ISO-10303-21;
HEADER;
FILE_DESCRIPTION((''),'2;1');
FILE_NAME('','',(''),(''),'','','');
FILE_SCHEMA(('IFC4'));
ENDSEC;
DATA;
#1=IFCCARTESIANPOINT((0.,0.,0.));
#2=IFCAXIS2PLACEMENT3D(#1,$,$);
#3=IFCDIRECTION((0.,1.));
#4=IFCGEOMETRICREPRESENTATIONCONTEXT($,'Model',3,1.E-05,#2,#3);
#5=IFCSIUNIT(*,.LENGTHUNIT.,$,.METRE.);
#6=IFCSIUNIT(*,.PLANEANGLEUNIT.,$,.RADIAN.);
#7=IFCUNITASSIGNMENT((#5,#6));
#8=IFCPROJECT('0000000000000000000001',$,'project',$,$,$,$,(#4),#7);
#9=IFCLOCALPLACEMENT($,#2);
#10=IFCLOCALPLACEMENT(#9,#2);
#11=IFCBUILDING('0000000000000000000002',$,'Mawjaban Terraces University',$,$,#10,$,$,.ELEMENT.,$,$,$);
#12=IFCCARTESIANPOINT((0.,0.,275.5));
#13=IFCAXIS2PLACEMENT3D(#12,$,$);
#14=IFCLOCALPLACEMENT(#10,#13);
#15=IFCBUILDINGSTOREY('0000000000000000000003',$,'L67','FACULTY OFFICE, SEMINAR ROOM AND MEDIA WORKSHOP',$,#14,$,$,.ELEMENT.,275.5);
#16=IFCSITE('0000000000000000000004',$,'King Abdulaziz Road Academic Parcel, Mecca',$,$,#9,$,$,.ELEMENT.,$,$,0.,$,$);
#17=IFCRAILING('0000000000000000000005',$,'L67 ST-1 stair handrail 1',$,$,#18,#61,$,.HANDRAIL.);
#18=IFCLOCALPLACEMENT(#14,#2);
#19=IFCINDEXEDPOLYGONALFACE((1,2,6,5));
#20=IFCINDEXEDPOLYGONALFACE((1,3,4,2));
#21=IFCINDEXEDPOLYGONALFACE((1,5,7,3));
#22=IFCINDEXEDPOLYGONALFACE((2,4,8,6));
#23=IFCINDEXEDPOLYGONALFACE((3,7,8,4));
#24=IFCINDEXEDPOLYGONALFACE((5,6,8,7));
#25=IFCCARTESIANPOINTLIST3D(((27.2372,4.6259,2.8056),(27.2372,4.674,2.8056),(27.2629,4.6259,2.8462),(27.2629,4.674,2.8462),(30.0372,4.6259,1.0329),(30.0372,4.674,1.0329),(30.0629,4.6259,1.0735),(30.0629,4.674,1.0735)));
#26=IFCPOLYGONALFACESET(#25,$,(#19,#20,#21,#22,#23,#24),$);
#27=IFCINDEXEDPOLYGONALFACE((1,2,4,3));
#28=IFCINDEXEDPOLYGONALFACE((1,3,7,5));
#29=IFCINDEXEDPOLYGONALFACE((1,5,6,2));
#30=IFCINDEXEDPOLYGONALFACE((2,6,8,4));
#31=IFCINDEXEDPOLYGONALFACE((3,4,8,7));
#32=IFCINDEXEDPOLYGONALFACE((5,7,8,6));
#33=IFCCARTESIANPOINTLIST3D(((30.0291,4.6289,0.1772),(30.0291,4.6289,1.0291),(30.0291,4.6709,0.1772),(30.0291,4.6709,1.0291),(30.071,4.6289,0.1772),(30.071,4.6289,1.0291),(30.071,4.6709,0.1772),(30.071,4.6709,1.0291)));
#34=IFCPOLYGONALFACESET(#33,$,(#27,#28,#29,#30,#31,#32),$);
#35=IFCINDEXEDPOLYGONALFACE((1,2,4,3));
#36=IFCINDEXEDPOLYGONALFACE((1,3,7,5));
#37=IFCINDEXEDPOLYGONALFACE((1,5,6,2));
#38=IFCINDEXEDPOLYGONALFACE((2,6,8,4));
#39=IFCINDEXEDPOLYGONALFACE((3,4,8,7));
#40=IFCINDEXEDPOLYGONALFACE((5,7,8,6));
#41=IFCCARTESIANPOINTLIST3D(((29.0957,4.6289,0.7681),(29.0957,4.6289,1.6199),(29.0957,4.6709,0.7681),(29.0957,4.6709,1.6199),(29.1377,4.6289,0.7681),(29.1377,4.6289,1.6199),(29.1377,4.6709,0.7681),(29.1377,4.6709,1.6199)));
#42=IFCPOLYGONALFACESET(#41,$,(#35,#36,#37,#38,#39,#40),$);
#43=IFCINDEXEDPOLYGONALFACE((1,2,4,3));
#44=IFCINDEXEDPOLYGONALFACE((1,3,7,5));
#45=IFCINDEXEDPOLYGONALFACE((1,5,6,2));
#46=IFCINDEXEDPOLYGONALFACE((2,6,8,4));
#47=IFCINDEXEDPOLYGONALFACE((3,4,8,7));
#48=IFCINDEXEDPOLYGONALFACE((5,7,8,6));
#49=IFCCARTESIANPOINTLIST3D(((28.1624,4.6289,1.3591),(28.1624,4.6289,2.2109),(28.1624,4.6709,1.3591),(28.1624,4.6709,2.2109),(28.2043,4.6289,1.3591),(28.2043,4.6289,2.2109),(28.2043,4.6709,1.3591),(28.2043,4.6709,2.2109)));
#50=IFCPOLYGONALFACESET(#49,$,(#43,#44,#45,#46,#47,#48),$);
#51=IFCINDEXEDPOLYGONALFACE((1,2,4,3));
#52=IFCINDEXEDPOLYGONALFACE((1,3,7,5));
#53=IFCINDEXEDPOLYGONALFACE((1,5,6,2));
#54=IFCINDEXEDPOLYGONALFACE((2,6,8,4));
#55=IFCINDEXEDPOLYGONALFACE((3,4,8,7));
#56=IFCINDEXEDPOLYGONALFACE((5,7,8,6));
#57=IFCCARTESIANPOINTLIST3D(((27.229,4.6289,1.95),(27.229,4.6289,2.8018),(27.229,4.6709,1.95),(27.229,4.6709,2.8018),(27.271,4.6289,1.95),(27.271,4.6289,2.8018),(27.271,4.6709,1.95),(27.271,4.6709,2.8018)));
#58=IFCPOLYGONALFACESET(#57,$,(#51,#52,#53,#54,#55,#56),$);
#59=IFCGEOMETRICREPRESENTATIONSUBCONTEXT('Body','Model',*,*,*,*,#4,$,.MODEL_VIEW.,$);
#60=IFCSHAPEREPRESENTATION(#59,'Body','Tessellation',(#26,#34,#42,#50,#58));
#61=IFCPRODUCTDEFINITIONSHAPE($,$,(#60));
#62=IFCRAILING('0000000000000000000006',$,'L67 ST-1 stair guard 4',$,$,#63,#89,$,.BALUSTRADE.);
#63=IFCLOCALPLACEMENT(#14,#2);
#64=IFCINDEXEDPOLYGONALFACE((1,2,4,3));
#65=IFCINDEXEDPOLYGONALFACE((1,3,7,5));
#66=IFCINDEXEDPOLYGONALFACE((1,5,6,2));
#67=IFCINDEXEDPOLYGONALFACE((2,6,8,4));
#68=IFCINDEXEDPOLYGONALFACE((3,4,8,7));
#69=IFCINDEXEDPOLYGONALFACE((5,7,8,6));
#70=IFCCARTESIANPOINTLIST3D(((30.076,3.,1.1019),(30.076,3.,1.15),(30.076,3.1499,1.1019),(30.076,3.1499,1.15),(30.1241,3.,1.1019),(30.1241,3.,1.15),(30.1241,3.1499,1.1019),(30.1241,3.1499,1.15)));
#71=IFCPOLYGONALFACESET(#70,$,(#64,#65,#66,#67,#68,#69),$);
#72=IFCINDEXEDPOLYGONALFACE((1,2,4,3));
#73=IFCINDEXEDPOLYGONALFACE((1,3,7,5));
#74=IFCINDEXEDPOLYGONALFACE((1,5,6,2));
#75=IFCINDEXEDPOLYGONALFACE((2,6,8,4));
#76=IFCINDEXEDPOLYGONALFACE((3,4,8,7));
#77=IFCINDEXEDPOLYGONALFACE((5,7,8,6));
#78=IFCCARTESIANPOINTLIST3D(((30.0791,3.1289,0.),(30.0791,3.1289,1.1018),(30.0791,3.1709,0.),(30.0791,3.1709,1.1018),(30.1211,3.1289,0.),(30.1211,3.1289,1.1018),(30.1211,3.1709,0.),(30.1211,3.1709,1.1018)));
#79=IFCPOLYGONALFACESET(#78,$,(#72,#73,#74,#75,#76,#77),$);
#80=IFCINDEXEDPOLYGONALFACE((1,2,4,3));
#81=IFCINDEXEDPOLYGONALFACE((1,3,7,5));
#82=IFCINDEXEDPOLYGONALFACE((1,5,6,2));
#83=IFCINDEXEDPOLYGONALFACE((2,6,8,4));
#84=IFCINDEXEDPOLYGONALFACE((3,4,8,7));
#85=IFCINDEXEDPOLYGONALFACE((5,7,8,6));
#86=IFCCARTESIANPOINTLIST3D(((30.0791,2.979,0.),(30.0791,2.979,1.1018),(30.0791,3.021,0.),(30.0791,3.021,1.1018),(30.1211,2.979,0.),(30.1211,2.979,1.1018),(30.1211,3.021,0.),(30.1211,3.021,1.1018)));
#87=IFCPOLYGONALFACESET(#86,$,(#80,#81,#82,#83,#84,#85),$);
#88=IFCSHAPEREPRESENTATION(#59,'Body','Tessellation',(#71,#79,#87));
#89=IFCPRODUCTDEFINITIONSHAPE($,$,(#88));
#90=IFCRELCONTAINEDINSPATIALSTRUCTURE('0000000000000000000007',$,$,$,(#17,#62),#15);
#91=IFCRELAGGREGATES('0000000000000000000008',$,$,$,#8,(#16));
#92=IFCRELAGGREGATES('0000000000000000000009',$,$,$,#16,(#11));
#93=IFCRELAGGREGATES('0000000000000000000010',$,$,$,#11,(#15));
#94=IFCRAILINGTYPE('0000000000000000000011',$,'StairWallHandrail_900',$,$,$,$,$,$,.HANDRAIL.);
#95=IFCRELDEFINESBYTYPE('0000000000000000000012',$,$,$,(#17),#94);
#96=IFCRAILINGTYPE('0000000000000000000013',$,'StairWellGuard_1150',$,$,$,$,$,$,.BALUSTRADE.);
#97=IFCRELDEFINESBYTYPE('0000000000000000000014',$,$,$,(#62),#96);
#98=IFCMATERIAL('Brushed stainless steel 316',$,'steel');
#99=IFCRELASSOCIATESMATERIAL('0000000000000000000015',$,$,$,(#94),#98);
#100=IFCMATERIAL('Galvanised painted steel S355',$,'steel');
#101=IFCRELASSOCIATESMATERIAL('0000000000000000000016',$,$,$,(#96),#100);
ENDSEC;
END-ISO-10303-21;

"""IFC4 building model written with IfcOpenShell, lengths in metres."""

from ifc_helpers import new_model, si_unit, direction, frame, origin, origin_2d, place, context, subcontext, project, spatial, rectangle, extrude, material, type_object, element, save


model = new_model("IFC4")

# Units and contexts
model_context = context("Model", 3, precision=1e-05, world=origin(), true_north=direction((0.0, 1.0)))
body_context = subcontext(model_context, "Body", "Model", "MODEL_VIEW")
ifc_project = project(units=[si_unit("LENGTHUNIT", "METRE"), si_unit("PLANEANGLEUNIT", "RADIAN")], contexts=[model_context])

# Site, building, storey
site_placement = place(None, origin())
site = spatial("IfcSite", under=ifc_project, at=site_placement, Name="King Abdulaziz Road Academic Parcel, Mecca", CompositionType="ELEMENT", RefElevation=0.0)
building_placement = place(site_placement, origin())
building = spatial("IfcBuilding", under=site, at=building_placement, Name="Mawjaban Terraces University", CompositionType="ELEMENT")
storey_placement = place(building_placement, frame((0.0, 0.0, 275.5)))
storey = spatial("IfcBuildingStorey", under=building, at=storey_placement, Name="L67", Description="FACULTY OFFICE, SEMINAR ROOM AND MEDIA WORKSHOP", CompositionType="ELEMENT", Elevation=275.5)

# Railings
ifc_material_1 = material(Name="Brushed stainless steel 316", Category="steel")
railing_type_1 = type_object("IfcRailingType", Name="StairWallHandrail_900", PredefinedType="HANDRAIL", material=ifc_material_1)
railing_1_placement = place(storey_placement, frame((30.05, 4.6499, 0.1772)))
element("IfcRailing", 1, at=railing_1_placement, inside=storey, type_object=railing_type_1, Name="L67 ST-1 stair handrail 1", PredefinedType="HANDRAIL", context=body_context, shape_type="SweptSolid", body=[
    extrude(rectangle(XDim=0.0481, YDim=0.0481, at=origin_2d()), frame((0.0, 0.0, 0.876), z_axis=(-0.844909, 0.0, 0.53491), x_axis=(0.0, -1.0, 0.0)), (0.0, 0.0, 1.0), 3.314),
    extrude(rectangle(XDim=0.042, YDim=0.042, at=origin_2d()), origin(), (0.0, 0.0, 1.0), 0.8518),
    extrude(rectangle(XDim=0.042, YDim=0.042, at=origin_2d()), frame((-0.9333, 0.0, 0.5908)), (0.0, 0.0, 1.0), 0.8518),
    extrude(rectangle(XDim=0.042, YDim=0.042, at=origin_2d()), frame((-1.8667, 0.0, 1.1819)), (0.0, 0.0, 1.0), 0.8518),
    extrude(rectangle(XDim=0.042, YDim=0.042, at=origin_2d()), frame((-2.8, 0.0, 1.7727)), (0.0, 0.0, 1.0), 0.8518),
])
ifc_material_2 = material(Name="Galvanised painted steel S355", Category="steel")
railing_type_2 = type_object("IfcRailingType", Name="StairWellGuard_1150", PredefinedType="BALUSTRADE", material=ifc_material_2)
railing_2_placement = place(storey_placement, frame((30.1001, 3.1499, 0.0)))
element("IfcRailing", 2, at=railing_2_placement, inside=storey, type_object=railing_type_2, Name="L67 ST-1 stair guard 4", PredefinedType="BALUSTRADE", context=body_context, shape_type="SweptSolid", body=[
    extrude(rectangle(XDim=0.0481, YDim=0.0481, at=origin_2d()), frame((0.0, 0.0, 1.126), z_axis=(0.0, -1.0, 0.0), x_axis=(1.0, 0.0, 0.0)), (0.0, 0.0, 1.0), 0.1499),
    extrude(rectangle(XDim=0.042, YDim=0.042, at=origin_2d()), origin(), (0.0, 0.0, 1.0), 1.1018),
    extrude(rectangle(XDim=0.042, YDim=0.042, at=origin_2d()), frame((0.0, -0.1499, 0.0)), (0.0, 0.0, 1.0), 1.1018),
])

save(model, "model.ifc")
